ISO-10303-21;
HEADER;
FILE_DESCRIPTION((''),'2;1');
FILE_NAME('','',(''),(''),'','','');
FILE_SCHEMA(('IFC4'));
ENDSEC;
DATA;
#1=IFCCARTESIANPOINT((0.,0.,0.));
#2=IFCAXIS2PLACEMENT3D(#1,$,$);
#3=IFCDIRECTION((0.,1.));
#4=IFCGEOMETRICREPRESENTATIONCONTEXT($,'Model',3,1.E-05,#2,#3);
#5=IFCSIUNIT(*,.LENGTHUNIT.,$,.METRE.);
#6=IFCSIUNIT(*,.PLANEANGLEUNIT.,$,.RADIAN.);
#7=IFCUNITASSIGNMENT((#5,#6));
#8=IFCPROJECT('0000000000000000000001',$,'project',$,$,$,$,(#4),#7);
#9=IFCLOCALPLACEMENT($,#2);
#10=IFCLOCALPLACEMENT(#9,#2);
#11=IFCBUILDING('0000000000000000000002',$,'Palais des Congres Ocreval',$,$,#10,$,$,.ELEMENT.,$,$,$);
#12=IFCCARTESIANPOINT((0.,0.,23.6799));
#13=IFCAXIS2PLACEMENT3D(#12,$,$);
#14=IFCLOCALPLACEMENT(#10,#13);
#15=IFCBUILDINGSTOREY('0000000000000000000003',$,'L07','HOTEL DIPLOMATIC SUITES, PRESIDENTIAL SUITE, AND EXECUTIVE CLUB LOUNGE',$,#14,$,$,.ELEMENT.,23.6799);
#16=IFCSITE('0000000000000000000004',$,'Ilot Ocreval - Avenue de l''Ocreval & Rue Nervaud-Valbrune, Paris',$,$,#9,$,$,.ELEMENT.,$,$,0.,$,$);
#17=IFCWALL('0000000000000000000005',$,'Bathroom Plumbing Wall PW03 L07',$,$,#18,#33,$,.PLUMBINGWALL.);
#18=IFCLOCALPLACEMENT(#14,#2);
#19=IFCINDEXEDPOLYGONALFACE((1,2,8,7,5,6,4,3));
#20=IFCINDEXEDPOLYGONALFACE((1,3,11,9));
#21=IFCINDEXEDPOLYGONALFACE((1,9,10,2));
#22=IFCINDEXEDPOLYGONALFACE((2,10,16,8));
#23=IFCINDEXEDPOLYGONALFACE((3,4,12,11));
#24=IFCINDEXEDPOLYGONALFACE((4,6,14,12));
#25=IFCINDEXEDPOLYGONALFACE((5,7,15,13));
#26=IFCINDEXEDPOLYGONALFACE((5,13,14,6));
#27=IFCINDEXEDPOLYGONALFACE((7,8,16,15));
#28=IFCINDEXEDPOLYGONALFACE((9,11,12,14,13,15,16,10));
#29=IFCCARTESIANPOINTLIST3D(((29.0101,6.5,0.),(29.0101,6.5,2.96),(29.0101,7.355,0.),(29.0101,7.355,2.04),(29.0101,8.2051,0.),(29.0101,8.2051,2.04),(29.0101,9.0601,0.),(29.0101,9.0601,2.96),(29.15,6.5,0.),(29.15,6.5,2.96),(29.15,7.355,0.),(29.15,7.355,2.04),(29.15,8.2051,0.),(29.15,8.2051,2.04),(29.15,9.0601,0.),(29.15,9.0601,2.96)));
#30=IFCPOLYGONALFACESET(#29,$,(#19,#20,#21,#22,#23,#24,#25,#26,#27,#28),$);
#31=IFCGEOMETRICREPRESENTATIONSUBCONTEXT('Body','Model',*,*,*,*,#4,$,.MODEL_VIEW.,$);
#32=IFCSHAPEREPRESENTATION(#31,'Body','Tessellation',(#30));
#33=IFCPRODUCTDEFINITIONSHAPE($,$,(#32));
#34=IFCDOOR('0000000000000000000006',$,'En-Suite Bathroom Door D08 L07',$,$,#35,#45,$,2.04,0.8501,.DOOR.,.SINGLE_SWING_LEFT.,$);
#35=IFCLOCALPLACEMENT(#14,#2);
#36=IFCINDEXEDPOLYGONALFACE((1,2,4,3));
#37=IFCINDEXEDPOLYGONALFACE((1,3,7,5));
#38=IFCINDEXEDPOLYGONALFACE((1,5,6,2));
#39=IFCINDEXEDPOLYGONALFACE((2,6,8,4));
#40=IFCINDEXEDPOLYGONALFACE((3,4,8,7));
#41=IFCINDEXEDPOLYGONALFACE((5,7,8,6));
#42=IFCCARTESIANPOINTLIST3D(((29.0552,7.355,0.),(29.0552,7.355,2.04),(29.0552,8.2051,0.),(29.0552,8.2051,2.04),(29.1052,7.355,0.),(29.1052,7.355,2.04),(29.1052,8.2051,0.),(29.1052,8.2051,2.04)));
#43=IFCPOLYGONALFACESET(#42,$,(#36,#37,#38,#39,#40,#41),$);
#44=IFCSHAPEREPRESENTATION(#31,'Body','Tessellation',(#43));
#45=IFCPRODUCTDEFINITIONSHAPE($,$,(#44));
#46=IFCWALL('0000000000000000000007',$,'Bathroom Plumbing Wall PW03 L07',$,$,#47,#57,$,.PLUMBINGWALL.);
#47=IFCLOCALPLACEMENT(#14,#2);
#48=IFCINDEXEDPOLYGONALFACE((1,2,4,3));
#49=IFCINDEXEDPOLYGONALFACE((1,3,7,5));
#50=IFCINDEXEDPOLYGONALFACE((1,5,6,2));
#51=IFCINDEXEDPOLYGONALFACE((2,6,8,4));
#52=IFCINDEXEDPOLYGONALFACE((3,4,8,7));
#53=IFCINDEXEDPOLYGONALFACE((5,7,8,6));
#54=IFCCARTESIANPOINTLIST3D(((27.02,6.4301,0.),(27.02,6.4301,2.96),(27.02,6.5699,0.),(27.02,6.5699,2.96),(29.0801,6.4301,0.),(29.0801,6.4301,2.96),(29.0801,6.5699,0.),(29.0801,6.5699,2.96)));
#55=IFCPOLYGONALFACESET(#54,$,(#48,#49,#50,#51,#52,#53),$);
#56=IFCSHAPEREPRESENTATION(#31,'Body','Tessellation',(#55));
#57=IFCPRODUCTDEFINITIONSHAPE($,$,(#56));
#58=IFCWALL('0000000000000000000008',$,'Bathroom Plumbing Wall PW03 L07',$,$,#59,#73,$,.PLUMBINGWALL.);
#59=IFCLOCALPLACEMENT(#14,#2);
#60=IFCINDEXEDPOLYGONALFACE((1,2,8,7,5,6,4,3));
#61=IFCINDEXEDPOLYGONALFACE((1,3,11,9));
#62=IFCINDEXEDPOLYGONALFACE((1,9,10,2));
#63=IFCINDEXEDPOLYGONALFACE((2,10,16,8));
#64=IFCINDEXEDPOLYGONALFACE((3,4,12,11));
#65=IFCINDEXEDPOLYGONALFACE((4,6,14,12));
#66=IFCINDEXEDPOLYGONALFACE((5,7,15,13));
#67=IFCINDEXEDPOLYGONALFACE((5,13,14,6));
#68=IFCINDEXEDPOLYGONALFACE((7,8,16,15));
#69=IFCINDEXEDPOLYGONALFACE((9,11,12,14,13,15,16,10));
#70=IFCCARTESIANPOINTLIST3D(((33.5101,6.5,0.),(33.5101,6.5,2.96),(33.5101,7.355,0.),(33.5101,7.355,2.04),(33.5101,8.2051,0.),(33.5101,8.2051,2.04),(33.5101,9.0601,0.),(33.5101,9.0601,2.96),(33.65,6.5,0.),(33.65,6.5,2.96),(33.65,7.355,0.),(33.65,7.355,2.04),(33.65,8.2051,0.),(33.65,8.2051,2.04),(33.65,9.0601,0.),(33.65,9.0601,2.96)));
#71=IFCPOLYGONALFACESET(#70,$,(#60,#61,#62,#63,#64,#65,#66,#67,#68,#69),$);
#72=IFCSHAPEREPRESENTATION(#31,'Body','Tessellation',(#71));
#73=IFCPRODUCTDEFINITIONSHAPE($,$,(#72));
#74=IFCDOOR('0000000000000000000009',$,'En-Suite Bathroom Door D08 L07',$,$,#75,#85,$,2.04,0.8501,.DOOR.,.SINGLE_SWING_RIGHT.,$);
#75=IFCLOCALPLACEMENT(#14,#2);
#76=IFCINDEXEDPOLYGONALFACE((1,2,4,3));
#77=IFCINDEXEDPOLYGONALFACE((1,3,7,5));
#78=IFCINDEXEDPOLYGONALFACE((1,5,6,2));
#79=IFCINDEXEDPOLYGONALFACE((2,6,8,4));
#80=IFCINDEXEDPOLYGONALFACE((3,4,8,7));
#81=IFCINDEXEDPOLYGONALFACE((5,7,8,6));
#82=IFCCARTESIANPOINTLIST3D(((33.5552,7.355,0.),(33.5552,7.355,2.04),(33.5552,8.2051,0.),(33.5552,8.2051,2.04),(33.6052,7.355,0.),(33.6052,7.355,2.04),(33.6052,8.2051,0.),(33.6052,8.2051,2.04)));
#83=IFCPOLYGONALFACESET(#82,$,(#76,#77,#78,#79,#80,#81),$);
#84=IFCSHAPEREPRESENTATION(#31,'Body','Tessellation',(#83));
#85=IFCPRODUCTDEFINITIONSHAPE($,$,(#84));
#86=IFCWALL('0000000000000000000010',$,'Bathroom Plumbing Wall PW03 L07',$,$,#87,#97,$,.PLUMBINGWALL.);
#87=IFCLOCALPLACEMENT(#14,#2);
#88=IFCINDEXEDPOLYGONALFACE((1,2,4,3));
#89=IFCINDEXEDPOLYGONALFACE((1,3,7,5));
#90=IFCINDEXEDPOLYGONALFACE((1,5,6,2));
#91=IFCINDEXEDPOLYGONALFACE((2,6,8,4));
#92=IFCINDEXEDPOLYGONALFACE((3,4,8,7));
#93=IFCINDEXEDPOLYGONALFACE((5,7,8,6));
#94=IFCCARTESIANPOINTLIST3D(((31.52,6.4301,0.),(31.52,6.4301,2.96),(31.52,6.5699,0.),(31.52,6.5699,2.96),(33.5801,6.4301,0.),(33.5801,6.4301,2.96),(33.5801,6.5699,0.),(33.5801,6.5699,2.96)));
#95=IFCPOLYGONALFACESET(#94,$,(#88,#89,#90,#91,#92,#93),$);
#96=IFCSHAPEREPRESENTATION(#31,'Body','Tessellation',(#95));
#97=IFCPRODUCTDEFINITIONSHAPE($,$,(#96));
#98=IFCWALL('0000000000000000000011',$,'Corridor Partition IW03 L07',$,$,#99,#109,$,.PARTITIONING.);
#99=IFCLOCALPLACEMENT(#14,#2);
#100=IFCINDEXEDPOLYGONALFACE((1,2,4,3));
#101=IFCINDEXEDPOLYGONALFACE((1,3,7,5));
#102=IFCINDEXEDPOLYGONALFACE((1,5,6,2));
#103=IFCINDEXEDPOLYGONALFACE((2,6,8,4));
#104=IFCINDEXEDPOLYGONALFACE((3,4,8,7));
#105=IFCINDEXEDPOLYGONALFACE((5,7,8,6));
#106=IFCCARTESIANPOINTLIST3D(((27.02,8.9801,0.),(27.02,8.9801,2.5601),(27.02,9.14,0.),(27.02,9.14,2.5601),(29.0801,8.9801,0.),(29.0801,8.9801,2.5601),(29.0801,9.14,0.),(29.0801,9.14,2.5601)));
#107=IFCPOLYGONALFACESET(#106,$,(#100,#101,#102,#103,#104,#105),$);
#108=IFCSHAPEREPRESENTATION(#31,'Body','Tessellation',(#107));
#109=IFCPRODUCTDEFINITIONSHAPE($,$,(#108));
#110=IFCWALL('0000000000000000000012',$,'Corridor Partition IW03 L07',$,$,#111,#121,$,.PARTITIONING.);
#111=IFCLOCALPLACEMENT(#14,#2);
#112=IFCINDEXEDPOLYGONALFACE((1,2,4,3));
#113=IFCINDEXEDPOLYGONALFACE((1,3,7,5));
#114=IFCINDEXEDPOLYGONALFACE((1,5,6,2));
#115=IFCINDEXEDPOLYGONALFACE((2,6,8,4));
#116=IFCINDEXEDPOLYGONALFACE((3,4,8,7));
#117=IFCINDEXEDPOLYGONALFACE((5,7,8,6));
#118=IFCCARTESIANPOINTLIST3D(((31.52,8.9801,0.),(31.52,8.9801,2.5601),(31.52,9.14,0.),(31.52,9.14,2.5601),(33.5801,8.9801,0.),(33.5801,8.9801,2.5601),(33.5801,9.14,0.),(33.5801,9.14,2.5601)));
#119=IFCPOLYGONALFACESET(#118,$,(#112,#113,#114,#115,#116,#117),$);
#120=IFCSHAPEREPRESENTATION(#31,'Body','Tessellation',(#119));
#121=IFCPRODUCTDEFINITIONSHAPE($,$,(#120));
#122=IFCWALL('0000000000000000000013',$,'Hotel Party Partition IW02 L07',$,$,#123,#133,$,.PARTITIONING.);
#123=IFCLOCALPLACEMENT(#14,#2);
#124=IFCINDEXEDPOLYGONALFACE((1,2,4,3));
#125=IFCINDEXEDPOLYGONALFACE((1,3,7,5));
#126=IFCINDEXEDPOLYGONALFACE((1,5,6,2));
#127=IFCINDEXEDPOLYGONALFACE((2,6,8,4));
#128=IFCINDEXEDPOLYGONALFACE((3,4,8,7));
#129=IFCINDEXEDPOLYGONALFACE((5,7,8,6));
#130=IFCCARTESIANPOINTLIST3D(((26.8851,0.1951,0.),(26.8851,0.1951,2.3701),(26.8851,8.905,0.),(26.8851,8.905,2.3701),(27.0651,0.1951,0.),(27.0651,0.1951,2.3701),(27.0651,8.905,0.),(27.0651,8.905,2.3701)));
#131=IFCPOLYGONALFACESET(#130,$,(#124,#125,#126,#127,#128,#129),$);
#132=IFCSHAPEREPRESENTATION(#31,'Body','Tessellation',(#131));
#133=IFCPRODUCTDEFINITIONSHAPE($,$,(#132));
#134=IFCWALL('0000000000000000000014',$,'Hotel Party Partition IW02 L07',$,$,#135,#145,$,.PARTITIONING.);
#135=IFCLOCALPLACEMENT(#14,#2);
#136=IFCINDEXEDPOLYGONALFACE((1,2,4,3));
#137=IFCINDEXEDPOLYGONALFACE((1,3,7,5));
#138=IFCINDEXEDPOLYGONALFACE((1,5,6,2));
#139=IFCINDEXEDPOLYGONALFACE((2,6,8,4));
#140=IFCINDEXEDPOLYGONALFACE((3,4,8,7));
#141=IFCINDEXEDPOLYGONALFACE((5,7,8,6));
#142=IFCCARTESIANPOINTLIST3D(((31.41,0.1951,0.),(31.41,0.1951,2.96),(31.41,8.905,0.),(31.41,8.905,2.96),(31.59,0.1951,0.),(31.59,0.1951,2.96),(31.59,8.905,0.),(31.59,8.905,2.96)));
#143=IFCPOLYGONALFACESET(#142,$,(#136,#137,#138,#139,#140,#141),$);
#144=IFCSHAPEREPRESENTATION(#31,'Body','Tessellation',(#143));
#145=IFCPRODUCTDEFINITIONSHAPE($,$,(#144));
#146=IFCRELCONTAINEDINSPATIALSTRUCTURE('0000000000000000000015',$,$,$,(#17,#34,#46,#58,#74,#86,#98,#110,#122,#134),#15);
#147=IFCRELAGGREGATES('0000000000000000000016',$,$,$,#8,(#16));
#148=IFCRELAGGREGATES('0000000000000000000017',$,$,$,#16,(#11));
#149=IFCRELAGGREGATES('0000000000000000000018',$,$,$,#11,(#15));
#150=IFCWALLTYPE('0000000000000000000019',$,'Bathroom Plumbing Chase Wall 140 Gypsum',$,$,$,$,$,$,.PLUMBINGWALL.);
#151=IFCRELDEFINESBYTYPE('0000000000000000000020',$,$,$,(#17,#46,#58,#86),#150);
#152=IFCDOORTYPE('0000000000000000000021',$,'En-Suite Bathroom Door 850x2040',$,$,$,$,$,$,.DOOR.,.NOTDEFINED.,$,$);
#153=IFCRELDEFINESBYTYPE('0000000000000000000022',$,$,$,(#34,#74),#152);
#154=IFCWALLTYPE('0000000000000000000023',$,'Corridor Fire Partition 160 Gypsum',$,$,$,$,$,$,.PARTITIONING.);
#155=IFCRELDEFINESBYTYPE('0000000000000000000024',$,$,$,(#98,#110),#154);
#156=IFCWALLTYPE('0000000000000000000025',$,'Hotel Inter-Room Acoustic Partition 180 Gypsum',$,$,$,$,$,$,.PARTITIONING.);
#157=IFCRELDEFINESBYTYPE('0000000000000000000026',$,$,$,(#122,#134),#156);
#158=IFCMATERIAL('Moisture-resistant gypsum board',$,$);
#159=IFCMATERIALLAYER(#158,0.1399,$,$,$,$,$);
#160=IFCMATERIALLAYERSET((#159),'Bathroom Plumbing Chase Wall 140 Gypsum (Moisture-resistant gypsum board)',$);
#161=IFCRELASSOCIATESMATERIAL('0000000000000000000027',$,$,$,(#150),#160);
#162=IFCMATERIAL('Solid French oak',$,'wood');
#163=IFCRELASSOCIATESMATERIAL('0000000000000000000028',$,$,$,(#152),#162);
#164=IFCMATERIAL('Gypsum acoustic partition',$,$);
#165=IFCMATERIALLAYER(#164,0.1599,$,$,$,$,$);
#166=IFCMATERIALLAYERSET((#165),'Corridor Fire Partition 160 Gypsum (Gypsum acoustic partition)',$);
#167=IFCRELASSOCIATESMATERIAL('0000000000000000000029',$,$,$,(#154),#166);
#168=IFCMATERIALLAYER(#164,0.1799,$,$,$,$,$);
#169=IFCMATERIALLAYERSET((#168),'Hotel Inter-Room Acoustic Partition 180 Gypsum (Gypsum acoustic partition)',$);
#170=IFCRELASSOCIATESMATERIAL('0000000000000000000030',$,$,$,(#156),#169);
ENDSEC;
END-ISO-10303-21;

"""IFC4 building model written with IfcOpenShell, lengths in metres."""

from ifc_helpers import new_model, si_unit, direction, frame, frame_2d, origin, place, context, subcontext, project, spatial, rectangle, extrude, material, layer, layer_set, type_object, element, fill, save


model = new_model("IFC4")

# Units and contexts
model_context = context("Model", 3, precision=1e-05, world=origin(), true_north=direction((0.0, 1.0)))
body_context = subcontext(model_context, "Body", "Model", "MODEL_VIEW")
ifc_project = project(units=[si_unit("LENGTHUNIT", "METRE"), si_unit("PLANEANGLEUNIT", "RADIAN")], contexts=[model_context])

# Site, building, storey
site_placement = place(None, origin())
site = spatial("IfcSite", under=ifc_project, at=site_placement, Name="Ilot Ocreval - Avenue de l'Ocreval & Rue Nervaud-Valbrune, Paris", CompositionType="ELEMENT", RefElevation=0.0)
building_placement = place(site_placement, origin())
building = spatial("IfcBuilding", under=site, at=building_placement, Name="Palais des Congres Ocreval", CompositionType="ELEMENT")
storey_placement = place(building_placement, frame((0.0, 0.0, 23.6799)))
storey = spatial("IfcBuildingStorey", under=building, at=storey_placement, Name="L07", Description="HOTEL DIPLOMATIC SUITES, PRESIDENTIAL SUITE, AND EXECUTIVE CLUB LOUNGE", CompositionType="ELEMENT", Elevation=23.6799)

# Wall, opening, door
ifc_material_1 = material(Name="Moisture-resistant gypsum board")
ifc_layer_1 = layer(ifc_material_1, 0.1399)
ifc_layer_set_1 = layer_set([ifc_layer_1], Name="Bathroom Plumbing Chase Wall 140 Gypsum (Moisture-resistant gypsum board)")
wall_type_1 = type_object("IfcWallType", Name="Bathroom Plumbing Chase Wall 140 Gypsum", PredefinedType="PLUMBINGWALL", material=ifc_layer_set_1)
wall_1_placement = place(storey_placement, frame((29.0801, 6.5, 0.0), z_axis=(0.0, 0.0, 1.0), x_axis=(0.0, 1.0, 0.0)))
wall_1 = element("IfcWall", 1, at=wall_1_placement, inside=storey, type_object=wall_type_1, Name="Bathroom Plumbing Wall PW03 L07", PredefinedType="PLUMBINGWALL", context=body_context, shape_type="SweptSolid", body=[
    extrude(rectangle(XDim=2.5601, YDim=0.1399, at=frame_2d((1.28, 0.0))), origin(), (0.0, 0.0, 1.0), 2.96),
])
opening_1_placement = place(wall_1_placement, frame((0.855, 0.0, 0.0)))
opening_1 = element("IfcOpeningElement", 2, at=opening_1_placement, cuts=wall_1, PredefinedType="OPENING", context=body_context, shape_type="SweptSolid", body=[
    extrude(rectangle(XDim=0.8501, YDim=2.04, at=frame_2d((0.425, 1.02))), frame((0.0, 0.0798, 0.0), z_axis=(0.0, -1.0, 0.0), x_axis=(1.0, 0.0, 0.0)), (0.0, 0.0, 1.0), 0.1599),
])
ifc_material_2 = material(Name="Solid French oak", Category="wood")
door_type_1 = type_object("IfcDoorType", Name="En-Suite Bathroom Door 850x2040", OperationType="NOTDEFINED", PredefinedType="DOOR", material=ifc_material_2)
door_1_placement = place(opening_1_placement, origin())
door_1 = element("IfcDoor", 3, at=door_1_placement, inside=storey, type_object=door_type_1, Name="En-Suite Bathroom Door D08 L07", OperationType="SINGLE_SWING_LEFT", OverallHeight=2.04, OverallWidth=0.8501, PredefinedType="DOOR", context=body_context, shape_type="SweptSolid", body=[
    extrude(rectangle(XDim=0.8501, YDim=2.04, at=frame_2d((0.425, 1.02))), frame((0.0, 0.0249, 0.0), z_axis=(0.0, -1.0, 0.0), x_axis=(1.0, 0.0, 0.0)), (0.0, 0.0, 1.0), 0.05),
])
fill(opening_1, door_1)

# Wall
wall_2_placement = place(storey_placement, frame((27.02, 6.5, 0.0), z_axis=(0.0, 0.0, 1.0), x_axis=(1.0, 0.0, 0.0)))
element("IfcWall", 4, at=wall_2_placement, inside=storey, type_object=wall_type_1, Name="Bathroom Plumbing Wall PW03 L07", PredefinedType="PLUMBINGWALL", context=body_context, shape_type="SweptSolid", body=[
    extrude(rectangle(XDim=2.0601, YDim=0.1399, at=frame_2d((1.03, 0.0))), origin(), (0.0, 0.0, 1.0), 2.96),
])

# Wall, opening, door
wall_3_placement = place(storey_placement, frame((33.5801, 6.5, 0.0), z_axis=(0.0, 0.0, 1.0), x_axis=(0.0, 1.0, 0.0)))
wall_3 = element("IfcWall", 5, at=wall_3_placement, inside=storey, type_object=wall_type_1, Name="Bathroom Plumbing Wall PW03 L07", PredefinedType="PLUMBINGWALL", context=body_context, shape_type="SweptSolid", body=[
    extrude(rectangle(XDim=2.5601, YDim=0.1399, at=frame_2d((1.28, 0.0))), origin(), (0.0, 0.0, 1.0), 2.96),
])
opening_2_placement = place(wall_3_placement, frame((0.855, 0.0, 0.0)))
opening_2 = element("IfcOpeningElement", 6, at=opening_2_placement, cuts=wall_3, PredefinedType="OPENING", context=body_context, shape_type="SweptSolid", body=[
    extrude(rectangle(XDim=0.8501, YDim=2.04, at=frame_2d((0.425, 1.02))), frame((0.0, 0.0798, 0.0), z_axis=(0.0, -1.0, 0.0), x_axis=(1.0, 0.0, 0.0)), (0.0, 0.0, 1.0), 0.1599),
])
door_2_placement = place(opening_2_placement, origin())
door_2 = element("IfcDoor", 7, at=door_2_placement, inside=storey, type_object=door_type_1, Name="En-Suite Bathroom Door D08 L07", OperationType="SINGLE_SWING_RIGHT", OverallHeight=2.04, OverallWidth=0.8501, PredefinedType="DOOR", context=body_context, shape_type="SweptSolid", body=[
    extrude(rectangle(XDim=0.8501, YDim=2.04, at=frame_2d((0.425, 1.02))), frame((0.0, 0.0249, 0.0), z_axis=(0.0, -1.0, 0.0), x_axis=(1.0, 0.0, 0.0)), (0.0, 0.0, 1.0), 0.05),
])
fill(opening_2, door_2)

# Walls
wall_4_placement = place(storey_placement, frame((31.52, 6.5, 0.0), z_axis=(0.0, 0.0, 1.0), x_axis=(1.0, 0.0, 0.0)))
element("IfcWall", 8, at=wall_4_placement, inside=storey, type_object=wall_type_1, Name="Bathroom Plumbing Wall PW03 L07", PredefinedType="PLUMBINGWALL", context=body_context, shape_type="SweptSolid", body=[
    extrude(rectangle(XDim=2.0601, YDim=0.1399, at=frame_2d((1.03, 0.0))), origin(), (0.0, 0.0, 1.0), 2.96),
])
ifc_material_3 = material(Name="Gypsum acoustic partition")
ifc_layer_2 = layer(ifc_material_3, 0.1599)
ifc_layer_set_2 = layer_set([ifc_layer_2], Name="Corridor Fire Partition 160 Gypsum (Gypsum acoustic partition)")
wall_type_2 = type_object("IfcWallType", Name="Corridor Fire Partition 160 Gypsum", PredefinedType="PARTITIONING", material=ifc_layer_set_2)
for number, where, z_axis, x_axis, name in (
    (9, (27.02, 9.0601, 0.0), (0.0, 0.0, 1.0), (1.0, 0.0, 0.0), "Corridor Partition IW03 L07"),
    (10, (31.52, 9.0601, 0.0), (0.0, 0.0, 1.0), (1.0, 0.0, 0.0), "Corridor Partition IW03 L07"),
):
    element("IfcWall", number, at=place(storey_placement, frame(where, z_axis=z_axis, x_axis=x_axis)), inside=storey, type_object=wall_type_2, Name=name, PredefinedType="PARTITIONING", context=body_context, shape_type="SweptSolid", body=[
        extrude(rectangle(XDim=2.0601, YDim=0.1599, at=frame_2d((1.03, 0.0))), origin(), (0.0, 0.0, 1.0), 2.5601),
    ])

# Walls
ifc_layer_3 = layer(ifc_material_3, 0.1799)
ifc_layer_set_3 = layer_set([ifc_layer_3], Name="Hotel Inter-Room Acoustic Partition 180 Gypsum (Gypsum acoustic partition)")
wall_type_3 = type_object("IfcWallType", Name="Hotel Inter-Room Acoustic Partition 180 Gypsum", PredefinedType="PARTITIONING", material=ifc_layer_set_3)
wall_5_placement = place(storey_placement, frame((26.9751, 0.1951, 0.0), z_axis=(0.0, 0.0, 1.0), x_axis=(0.0, 1.0, 0.0)))
element("IfcWall", 11, at=wall_5_placement, inside=storey, type_object=wall_type_3, Name="Hotel Party Partition IW02 L07", PredefinedType="PARTITIONING", context=body_context, shape_type="SweptSolid", body=[
    extrude(rectangle(XDim=8.71, YDim=0.1799, at=frame_2d((4.355, 0.0))), origin(), (0.0, 0.0, 1.0), 2.3701),
])
wall_6_placement = place(storey_placement, frame((31.5, 0.1951, 0.0), z_axis=(0.0, 0.0, 1.0), x_axis=(0.0, 1.0, 0.0)))
element("IfcWall", 12, at=wall_6_placement, inside=storey, type_object=wall_type_3, Name="Hotel Party Partition IW02 L07", PredefinedType="PARTITIONING", context=body_context, shape_type="SweptSolid", body=[
    extrude(rectangle(XDim=8.71, YDim=0.1799, at=frame_2d((4.355, 0.0))), origin(), (0.0, 0.0, 1.0), 2.96),
])

save(model, "model.ifc")
